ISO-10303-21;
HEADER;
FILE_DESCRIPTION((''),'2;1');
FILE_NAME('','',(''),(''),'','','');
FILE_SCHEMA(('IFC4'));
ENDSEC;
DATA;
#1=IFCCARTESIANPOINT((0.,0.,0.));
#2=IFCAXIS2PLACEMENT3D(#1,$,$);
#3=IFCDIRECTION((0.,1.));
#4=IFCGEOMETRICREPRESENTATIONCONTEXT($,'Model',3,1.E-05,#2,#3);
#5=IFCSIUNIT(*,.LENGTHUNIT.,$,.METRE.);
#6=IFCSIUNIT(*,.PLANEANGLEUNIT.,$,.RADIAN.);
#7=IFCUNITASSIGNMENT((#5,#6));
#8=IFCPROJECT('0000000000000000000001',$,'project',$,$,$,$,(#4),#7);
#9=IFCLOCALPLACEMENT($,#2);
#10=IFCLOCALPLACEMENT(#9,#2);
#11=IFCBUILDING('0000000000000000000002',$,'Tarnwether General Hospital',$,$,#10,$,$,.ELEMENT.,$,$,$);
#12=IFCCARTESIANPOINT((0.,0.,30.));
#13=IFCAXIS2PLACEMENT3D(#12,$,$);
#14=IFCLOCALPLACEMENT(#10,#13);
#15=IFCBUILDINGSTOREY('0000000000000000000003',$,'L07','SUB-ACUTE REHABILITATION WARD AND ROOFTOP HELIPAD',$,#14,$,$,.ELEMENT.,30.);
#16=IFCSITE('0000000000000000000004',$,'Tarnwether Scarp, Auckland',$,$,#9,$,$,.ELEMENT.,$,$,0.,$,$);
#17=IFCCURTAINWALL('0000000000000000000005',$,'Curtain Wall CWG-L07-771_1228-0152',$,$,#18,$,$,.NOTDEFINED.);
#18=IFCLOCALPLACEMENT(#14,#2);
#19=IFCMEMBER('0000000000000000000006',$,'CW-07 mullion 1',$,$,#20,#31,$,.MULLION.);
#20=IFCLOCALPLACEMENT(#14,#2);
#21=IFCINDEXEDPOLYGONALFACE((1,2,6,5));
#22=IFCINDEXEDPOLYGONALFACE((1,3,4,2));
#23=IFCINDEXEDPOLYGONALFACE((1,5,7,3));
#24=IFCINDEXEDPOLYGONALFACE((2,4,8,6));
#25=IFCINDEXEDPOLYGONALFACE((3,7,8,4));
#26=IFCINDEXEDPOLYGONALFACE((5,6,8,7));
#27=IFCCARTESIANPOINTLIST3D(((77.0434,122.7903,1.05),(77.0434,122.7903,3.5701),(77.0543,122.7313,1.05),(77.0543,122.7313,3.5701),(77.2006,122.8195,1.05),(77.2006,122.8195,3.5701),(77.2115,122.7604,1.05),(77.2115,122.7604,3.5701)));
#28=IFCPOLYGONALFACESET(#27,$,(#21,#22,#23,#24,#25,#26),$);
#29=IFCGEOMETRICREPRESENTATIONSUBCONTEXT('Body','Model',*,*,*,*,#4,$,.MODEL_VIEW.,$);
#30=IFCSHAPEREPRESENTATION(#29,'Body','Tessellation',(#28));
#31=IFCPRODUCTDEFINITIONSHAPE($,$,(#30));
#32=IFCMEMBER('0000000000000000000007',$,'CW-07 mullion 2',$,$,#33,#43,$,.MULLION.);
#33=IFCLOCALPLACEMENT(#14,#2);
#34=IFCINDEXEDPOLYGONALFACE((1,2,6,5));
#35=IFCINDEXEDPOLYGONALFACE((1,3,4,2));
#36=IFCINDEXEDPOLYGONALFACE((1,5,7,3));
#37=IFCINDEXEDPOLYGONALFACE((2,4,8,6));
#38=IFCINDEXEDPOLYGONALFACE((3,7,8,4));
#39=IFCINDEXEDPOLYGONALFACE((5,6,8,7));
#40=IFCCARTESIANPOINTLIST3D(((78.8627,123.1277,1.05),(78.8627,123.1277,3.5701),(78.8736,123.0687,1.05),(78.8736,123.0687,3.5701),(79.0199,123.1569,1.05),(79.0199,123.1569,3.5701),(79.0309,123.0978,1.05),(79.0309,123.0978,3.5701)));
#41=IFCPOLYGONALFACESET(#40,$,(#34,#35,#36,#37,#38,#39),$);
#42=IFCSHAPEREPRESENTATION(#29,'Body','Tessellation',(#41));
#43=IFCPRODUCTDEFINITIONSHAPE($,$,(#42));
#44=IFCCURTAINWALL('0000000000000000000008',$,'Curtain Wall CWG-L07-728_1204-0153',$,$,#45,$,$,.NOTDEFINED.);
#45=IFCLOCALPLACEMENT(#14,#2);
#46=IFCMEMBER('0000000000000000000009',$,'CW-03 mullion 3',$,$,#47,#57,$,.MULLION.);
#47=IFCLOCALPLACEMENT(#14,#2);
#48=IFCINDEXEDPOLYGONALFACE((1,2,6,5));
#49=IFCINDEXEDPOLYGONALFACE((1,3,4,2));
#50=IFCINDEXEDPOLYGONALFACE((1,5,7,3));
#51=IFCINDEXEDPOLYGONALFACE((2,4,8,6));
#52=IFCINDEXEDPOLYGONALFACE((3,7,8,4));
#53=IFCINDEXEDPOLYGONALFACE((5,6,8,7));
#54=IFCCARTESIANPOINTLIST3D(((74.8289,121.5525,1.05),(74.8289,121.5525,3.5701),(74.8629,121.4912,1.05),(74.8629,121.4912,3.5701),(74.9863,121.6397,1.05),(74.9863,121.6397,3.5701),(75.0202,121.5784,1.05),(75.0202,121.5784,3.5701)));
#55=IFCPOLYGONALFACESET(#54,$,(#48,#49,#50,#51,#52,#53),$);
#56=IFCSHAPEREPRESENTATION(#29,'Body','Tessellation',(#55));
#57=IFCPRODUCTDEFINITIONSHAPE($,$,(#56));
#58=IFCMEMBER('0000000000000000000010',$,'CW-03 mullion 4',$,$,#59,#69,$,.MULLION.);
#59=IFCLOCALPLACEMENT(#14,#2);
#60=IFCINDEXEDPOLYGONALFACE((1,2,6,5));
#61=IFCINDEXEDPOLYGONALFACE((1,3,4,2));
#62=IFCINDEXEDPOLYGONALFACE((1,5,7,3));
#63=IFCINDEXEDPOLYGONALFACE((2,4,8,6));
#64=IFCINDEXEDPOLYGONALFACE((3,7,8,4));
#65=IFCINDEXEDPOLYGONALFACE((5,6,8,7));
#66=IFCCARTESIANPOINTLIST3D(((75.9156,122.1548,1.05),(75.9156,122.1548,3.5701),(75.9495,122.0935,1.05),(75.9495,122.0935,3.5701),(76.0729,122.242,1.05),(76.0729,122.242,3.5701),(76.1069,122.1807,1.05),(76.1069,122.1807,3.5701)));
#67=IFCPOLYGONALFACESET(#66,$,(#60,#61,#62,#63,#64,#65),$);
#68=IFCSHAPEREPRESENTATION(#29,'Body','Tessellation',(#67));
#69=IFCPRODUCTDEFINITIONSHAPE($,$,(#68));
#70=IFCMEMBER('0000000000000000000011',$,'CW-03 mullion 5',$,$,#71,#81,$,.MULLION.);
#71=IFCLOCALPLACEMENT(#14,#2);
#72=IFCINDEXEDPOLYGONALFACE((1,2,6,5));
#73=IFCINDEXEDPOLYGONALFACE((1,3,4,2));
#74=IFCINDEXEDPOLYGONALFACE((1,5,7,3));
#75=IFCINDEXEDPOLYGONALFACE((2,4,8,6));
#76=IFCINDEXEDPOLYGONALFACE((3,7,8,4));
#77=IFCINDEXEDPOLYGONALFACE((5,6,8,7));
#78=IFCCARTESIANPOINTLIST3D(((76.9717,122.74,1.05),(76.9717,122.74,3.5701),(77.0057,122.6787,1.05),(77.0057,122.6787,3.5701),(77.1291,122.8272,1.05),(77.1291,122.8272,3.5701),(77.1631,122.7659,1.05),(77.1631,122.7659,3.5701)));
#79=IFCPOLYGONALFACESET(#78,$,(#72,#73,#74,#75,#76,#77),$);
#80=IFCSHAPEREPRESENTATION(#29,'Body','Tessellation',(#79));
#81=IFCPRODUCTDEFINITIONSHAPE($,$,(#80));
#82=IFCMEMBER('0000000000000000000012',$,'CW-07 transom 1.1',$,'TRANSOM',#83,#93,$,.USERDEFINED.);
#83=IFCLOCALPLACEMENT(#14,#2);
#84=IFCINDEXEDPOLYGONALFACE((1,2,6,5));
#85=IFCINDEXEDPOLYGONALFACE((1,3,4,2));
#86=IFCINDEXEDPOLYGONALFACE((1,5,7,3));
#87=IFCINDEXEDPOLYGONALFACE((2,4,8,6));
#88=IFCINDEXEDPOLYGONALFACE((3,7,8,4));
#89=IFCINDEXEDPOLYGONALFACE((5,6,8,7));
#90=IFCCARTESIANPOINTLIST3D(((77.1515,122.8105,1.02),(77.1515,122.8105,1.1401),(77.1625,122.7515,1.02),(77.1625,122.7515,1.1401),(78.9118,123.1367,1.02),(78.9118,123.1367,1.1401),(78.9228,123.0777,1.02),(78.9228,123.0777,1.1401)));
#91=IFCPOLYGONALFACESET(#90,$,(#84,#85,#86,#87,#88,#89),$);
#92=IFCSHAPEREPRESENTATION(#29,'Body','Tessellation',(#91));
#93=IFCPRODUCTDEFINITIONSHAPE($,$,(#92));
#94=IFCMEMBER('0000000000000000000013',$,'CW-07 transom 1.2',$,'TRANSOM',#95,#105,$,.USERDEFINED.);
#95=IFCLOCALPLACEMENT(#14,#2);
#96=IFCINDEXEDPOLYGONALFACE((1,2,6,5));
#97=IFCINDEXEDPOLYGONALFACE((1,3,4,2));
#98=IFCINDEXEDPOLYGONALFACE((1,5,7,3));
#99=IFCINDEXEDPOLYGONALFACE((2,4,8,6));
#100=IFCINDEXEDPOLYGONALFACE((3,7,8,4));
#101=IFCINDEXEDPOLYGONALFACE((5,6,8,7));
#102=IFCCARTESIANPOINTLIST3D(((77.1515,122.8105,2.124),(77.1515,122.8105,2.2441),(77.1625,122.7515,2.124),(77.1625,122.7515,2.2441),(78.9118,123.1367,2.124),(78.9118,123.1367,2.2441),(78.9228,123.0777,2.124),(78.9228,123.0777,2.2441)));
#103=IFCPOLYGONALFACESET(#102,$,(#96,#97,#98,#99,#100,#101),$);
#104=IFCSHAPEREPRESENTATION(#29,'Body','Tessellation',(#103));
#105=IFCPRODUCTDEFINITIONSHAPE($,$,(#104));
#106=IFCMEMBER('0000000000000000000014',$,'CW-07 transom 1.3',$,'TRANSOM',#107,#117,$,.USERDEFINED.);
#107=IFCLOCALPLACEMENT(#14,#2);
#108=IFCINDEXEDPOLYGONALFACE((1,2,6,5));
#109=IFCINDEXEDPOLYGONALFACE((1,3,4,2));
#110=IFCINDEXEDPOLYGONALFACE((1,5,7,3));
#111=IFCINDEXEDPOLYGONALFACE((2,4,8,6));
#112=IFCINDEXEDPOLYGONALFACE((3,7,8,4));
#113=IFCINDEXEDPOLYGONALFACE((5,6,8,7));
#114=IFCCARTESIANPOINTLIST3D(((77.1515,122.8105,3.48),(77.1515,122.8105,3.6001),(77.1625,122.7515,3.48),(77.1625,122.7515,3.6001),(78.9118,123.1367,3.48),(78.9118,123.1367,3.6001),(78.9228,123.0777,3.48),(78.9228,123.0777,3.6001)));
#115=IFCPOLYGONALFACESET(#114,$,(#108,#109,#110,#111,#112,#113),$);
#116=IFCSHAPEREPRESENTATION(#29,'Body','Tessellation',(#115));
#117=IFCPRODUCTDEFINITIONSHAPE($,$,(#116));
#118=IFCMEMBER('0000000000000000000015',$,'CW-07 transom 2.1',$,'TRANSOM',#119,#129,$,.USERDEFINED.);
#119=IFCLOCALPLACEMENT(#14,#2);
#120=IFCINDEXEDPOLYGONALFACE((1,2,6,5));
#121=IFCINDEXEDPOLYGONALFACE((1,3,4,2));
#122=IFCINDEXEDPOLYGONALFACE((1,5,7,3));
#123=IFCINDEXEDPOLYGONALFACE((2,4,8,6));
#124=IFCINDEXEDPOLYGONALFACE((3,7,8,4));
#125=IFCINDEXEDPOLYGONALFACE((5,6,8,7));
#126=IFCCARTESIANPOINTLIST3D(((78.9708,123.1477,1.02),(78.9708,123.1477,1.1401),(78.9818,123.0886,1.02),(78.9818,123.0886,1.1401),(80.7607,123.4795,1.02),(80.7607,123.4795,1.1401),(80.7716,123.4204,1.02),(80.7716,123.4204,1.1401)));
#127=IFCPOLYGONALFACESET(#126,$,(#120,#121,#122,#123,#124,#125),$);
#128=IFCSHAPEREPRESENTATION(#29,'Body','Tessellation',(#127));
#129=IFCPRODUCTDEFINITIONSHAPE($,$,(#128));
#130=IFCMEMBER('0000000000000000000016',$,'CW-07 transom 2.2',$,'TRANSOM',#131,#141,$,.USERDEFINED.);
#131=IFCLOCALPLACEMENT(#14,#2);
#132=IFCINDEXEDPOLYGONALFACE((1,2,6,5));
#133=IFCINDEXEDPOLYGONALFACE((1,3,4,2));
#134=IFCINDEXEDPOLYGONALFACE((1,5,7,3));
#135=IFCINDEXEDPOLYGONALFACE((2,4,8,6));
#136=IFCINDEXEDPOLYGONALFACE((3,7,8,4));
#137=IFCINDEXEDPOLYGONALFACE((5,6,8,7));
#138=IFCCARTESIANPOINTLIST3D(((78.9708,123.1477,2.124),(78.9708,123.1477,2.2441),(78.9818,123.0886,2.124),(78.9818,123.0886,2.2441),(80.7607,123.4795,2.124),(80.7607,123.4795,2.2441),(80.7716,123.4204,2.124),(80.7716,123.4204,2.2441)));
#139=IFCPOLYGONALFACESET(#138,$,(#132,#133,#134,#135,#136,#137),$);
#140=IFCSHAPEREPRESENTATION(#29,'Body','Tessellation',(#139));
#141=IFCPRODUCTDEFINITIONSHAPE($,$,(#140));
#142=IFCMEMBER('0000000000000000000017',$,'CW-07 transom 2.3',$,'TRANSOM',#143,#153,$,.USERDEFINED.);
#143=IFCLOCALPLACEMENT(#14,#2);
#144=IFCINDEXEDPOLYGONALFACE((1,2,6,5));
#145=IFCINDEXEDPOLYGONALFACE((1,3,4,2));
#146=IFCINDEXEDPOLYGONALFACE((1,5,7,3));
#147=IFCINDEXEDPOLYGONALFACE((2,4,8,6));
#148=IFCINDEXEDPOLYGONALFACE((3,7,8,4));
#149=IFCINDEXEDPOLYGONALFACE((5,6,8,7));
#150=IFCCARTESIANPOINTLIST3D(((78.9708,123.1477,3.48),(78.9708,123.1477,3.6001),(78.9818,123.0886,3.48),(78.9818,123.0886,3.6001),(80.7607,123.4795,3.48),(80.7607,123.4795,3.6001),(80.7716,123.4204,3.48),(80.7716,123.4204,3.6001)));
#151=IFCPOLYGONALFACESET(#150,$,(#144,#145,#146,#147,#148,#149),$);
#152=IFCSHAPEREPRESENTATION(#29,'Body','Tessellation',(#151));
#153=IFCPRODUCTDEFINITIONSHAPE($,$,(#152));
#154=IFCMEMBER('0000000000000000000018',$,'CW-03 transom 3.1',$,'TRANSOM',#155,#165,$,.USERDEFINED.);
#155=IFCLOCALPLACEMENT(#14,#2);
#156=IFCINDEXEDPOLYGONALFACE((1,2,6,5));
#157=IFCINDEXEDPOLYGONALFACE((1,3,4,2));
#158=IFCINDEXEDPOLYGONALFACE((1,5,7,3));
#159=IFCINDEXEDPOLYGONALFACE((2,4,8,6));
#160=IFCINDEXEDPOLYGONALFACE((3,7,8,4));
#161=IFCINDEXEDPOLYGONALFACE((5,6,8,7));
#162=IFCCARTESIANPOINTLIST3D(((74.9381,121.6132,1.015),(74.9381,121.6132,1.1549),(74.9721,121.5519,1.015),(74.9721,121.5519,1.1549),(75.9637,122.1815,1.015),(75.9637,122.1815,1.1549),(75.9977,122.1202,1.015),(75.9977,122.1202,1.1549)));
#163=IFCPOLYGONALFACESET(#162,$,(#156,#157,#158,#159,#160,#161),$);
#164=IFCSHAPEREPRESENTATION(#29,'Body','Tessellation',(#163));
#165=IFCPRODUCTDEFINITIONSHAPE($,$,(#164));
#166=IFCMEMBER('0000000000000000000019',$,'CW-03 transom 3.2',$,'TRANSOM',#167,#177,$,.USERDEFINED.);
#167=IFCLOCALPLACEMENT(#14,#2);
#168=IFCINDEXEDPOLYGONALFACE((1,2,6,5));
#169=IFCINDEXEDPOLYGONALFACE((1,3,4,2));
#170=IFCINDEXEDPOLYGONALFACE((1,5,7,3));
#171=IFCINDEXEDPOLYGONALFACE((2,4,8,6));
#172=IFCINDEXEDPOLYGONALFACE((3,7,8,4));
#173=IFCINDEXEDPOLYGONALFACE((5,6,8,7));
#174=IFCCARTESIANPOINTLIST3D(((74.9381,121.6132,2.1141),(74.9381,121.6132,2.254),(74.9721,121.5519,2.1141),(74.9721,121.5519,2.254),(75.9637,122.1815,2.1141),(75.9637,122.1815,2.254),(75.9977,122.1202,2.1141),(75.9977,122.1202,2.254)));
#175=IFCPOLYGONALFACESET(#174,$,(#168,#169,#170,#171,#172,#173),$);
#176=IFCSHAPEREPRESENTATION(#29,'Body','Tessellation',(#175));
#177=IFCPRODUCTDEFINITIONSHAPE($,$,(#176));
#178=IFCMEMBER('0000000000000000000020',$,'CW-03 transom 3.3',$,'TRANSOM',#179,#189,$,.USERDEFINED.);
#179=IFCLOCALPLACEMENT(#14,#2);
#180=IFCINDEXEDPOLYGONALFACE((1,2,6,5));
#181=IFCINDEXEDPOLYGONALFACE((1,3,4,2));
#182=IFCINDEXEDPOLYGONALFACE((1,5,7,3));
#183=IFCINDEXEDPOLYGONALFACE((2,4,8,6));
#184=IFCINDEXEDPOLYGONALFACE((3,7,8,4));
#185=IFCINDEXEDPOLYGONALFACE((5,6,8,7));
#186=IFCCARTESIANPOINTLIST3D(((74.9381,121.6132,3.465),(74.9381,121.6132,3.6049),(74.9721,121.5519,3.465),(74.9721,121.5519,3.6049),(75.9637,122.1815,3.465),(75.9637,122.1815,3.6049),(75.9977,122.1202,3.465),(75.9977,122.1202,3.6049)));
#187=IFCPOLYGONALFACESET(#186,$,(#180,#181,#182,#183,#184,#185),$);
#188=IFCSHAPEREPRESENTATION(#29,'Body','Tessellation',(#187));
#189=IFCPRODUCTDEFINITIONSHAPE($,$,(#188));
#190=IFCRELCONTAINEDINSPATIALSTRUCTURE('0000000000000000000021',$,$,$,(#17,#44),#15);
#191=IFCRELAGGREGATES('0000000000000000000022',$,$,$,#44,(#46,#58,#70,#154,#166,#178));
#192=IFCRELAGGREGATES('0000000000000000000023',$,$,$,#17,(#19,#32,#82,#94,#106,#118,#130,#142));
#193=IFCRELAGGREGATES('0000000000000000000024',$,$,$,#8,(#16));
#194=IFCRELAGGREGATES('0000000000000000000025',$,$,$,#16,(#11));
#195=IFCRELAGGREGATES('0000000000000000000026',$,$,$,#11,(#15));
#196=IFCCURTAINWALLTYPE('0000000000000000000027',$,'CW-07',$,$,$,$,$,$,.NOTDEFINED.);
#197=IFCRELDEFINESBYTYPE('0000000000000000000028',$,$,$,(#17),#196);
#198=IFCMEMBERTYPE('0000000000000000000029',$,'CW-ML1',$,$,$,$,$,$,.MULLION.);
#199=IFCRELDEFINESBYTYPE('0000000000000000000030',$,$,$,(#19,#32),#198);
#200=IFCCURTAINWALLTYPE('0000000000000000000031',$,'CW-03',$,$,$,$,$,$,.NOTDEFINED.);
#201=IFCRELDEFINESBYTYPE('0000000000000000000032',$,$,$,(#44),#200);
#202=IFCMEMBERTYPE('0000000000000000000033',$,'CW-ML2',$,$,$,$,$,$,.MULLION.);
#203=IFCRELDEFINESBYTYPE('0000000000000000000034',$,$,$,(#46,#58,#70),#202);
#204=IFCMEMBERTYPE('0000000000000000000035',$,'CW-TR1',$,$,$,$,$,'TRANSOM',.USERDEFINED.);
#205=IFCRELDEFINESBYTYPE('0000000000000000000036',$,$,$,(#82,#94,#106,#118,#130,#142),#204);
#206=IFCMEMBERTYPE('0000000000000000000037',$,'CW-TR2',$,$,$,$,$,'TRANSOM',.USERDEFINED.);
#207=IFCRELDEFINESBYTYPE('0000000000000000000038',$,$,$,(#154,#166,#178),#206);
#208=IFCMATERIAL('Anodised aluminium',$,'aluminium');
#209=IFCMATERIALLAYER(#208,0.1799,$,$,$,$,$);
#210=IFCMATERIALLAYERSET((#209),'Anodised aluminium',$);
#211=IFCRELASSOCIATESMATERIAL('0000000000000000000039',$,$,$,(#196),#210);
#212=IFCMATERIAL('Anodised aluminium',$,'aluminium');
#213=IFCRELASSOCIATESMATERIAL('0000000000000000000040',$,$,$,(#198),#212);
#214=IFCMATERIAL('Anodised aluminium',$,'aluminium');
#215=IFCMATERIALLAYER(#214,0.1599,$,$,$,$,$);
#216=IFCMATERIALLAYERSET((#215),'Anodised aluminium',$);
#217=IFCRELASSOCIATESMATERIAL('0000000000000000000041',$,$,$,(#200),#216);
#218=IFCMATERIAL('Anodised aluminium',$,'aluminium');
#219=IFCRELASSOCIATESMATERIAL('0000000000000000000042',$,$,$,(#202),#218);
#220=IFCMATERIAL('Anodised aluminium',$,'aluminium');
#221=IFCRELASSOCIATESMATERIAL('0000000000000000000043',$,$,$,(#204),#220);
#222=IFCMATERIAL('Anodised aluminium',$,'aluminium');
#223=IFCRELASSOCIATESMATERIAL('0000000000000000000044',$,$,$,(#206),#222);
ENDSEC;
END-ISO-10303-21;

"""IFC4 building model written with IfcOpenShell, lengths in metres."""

from ifc_helpers import new_model, si_unit, direction, frame, origin, origin_2d, place, context, subcontext, project, spatial, rectangle, extrude, material, layer, layer_set, material_profile, profile_set, type_object, element, aggregate, save


model = new_model("IFC4")

# Units and contexts
model_context = context("Model", 3, precision=1e-05, world=origin(), true_north=direction((0.0, 1.0)))
body_context = subcontext(model_context, "Body", "Model", "MODEL_VIEW")
ifc_project = project(units=[si_unit("LENGTHUNIT", "METRE"), si_unit("PLANEANGLEUNIT", "RADIAN")], contexts=[model_context])

# Site, building, storey
site_placement = place(None, origin())
site = spatial("IfcSite", under=ifc_project, at=site_placement, Name="Tarnwether Scarp, Auckland", CompositionType="ELEMENT", RefElevation=0.0)
building_placement = place(site_placement, origin())
building = spatial("IfcBuilding", under=site, at=building_placement, Name="Tarnwether General Hospital", CompositionType="ELEMENT")
storey_placement = place(building_placement, frame((0.0, 0.0, 30.0)))
storey = spatial("IfcBuildingStorey", under=building, at=storey_placement, Name="L07", Description="SUB-ACUTE REHABILITATION WARD AND ROOFTOP HELIPAD", CompositionType="ELEMENT", Elevation=30.0)

# Curtain walls, members
ifc_material_1 = material(Name="Anodised aluminium", Category="aluminium")
ifc_layer_1 = layer(ifc_material_1, 0.1799)
ifc_layer_set_1 = layer_set([ifc_layer_1], Name="Anodised aluminium")
curtain_wall_type_1 = type_object("IfcCurtainWallType", Name="CW-07", PredefinedType="NOTDEFINED", material=ifc_layer_set_1)
curtain_wall_1_placement = place(storey_placement, origin())
curtain_wall_1 = element("IfcCurtainWall", 1, at=curtain_wall_1_placement, inside=storey, type_object=curtain_wall_type_1, Name="Curtain Wall CWG-L07-771_1228-0152", PredefinedType="NOTDEFINED")
ifc_material_2 = material(Name="Anodised aluminium", Category="aluminium")
ifc_material_profile_1 = material_profile(ifc_material_2, rectangle(XDim=0.0601, YDim=0.1599, at=origin_2d()), Name="ALU-MUL-60x160")
ifc_profile_set_1 = profile_set([ifc_material_profile_1], Name="Anodised aluminium")
member_type_1 = type_object("IfcMemberType", Name="CW-ML1", PredefinedType="MULLION", material=ifc_profile_set_1)
member_1_placement = place(storey_placement, frame((77.1274, 122.7754, 1.05), z_axis=(0.0, 0.0, 1.0), x_axis=(-0.182289, 0.983245, 0.0)))
member_1 = element("IfcMember", 2, at=member_1_placement, type_object=member_type_1, Name="CW-07 mullion 1", PredefinedType="MULLION", context=body_context, shape_type="SweptSolid", body=[
    extrude(rectangle(XDim=0.0601, YDim=0.1599, at=origin_2d()), origin(), (0.0, 0.0, 1.0), 2.52),
])
member_2_placement = place(storey_placement, frame((78.9468, 123.1128, 1.05), z_axis=(0.0, 0.0, 1.0), x_axis=(-0.182289, 0.983245, 0.0)))
member_2 = element("IfcMember", 3, at=member_2_placement, type_object=member_type_1, Name="CW-07 mullion 2", PredefinedType="MULLION", context=body_context, shape_type="SweptSolid", body=[
    extrude(rectangle(XDim=0.0601, YDim=0.1599, at=origin_2d()), origin(), (0.0, 0.0, 1.0), 2.52),
])
ifc_material_3 = material(Name="Anodised aluminium", Category="aluminium")
ifc_layer_2 = layer(ifc_material_3, 0.1599)
ifc_layer_set_2 = layer_set([ifc_layer_2], Name="Anodised aluminium")
curtain_wall_type_2 = type_object("IfcCurtainWallType", Name="CW-03", PredefinedType="NOTDEFINED", material=ifc_layer_set_2)
curtain_wall_2_placement = place(storey_placement, origin())
curtain_wall_2 = element("IfcCurtainWall", 4, at=curtain_wall_2_placement, inside=storey, type_object=curtain_wall_type_2, Name="Curtain Wall CWG-L07-728_1204-0153", PredefinedType="NOTDEFINED")
ifc_material_4 = material(Name="Anodised aluminium", Category="aluminium")
ifc_material_profile_2 = material_profile(ifc_material_4, rectangle(XDim=0.0701, YDim=0.1799, at=origin_2d()), Name="ALU-MUL-70x180")
ifc_profile_set_2 = profile_set([ifc_material_profile_2], Name="Anodised aluminium")
member_type_2 = type_object("IfcMemberType", Name="CW-ML2", PredefinedType="MULLION", material=ifc_profile_set_2)
member_3_placement = place(storey_placement, frame((74.9246, 121.5654, 1.05), z_axis=(0.0, 0.0, 1.0), x_axis=(-0.48472, 0.874669, 0.0)))
member_3 = element("IfcMember", 5, at=member_3_placement, type_object=member_type_2, Name="CW-03 mullion 3", PredefinedType="MULLION", context=body_context, shape_type="SweptSolid", body=[
    extrude(rectangle(XDim=0.0701, YDim=0.1799, at=origin_2d()), origin(), (0.0, 0.0, 1.0), 2.52),
])
member_4_placement = place(storey_placement, frame((76.0112, 122.1677, 1.05), z_axis=(0.0, 0.0, 1.0), x_axis=(-0.48472, 0.874669, 0.0)))
member_4 = element("IfcMember", 6, at=member_4_placement, type_object=member_type_2, Name="CW-03 mullion 4", PredefinedType="MULLION", context=body_context, shape_type="SweptSolid", body=[
    extrude(rectangle(XDim=0.0701, YDim=0.1799, at=origin_2d()), origin(), (0.0, 0.0, 1.0), 2.52),
])
member_5_placement = place(storey_placement, frame((77.0674, 122.7529, 1.05), z_axis=(0.0, 0.0, 1.0), x_axis=(-0.48472, 0.874669, 0.0)))
member_5 = element("IfcMember", 7, at=member_5_placement, type_object=member_type_2, Name="CW-03 mullion 5", PredefinedType="MULLION", context=body_context, shape_type="SweptSolid", body=[
    extrude(rectangle(XDim=0.0701, YDim=0.1799, at=origin_2d()), origin(), (0.0, 0.0, 1.0), 2.52),
])

# Members
ifc_material_5 = material(Name="Anodised aluminium", Category="aluminium")
ifc_material_profile_3 = material_profile(ifc_material_5, rectangle(XDim=0.0601, YDim=0.1201, at=origin_2d()), Name="ALU-TRN-60x120")
ifc_profile_set_3 = profile_set([ifc_material_profile_3], Name="Anodised aluminium")
member_type_3 = type_object("IfcMemberType", Name="CW-TR1", ElementType="TRANSOM", PredefinedType="USERDEFINED", material=ifc_profile_set_3)
member_6_placement = place(storey_placement, frame((77.157, 122.781, 1.0801), z_axis=(0.983262, 0.182197, 0.0), x_axis=(-0.182197, 0.983262, 0.0)))
member_6 = element("IfcMember", 8, at=member_6_placement, type_object=member_type_3, Name="CW-07 transom 1.1", ObjectType="TRANSOM", PredefinedType="USERDEFINED", context=body_context, shape_type="SweptSolid", body=[
    extrude(rectangle(XDim=0.0601, YDim=0.1201, at=origin_2d()), origin(), (0.0, 0.0, 1.0), 1.7903),
])
member_7_placement = place(storey_placement, frame((77.157, 122.781, 2.1841), z_axis=(0.983262, 0.182197, 0.0), x_axis=(-0.182197, 0.983262, 0.0)))
member_7 = element("IfcMember", 9, at=member_7_placement, type_object=member_type_3, Name="CW-07 transom 1.2", ObjectType="TRANSOM", PredefinedType="USERDEFINED", context=body_context, shape_type="SweptSolid", body=[
    extrude(rectangle(XDim=0.0601, YDim=0.1201, at=origin_2d()), origin(), (0.0, 0.0, 1.0), 1.7903),
])
member_8_placement = place(storey_placement, frame((77.157, 122.781, 3.54), z_axis=(0.983262, 0.182197, 0.0), x_axis=(-0.182197, 0.983262, 0.0)))
member_8 = element("IfcMember", 10, at=member_8_placement, type_object=member_type_3, Name="CW-07 transom 1.3", ObjectType="TRANSOM", PredefinedType="USERDEFINED", context=body_context, shape_type="SweptSolid", body=[
    extrude(rectangle(XDim=0.0601, YDim=0.1201, at=origin_2d()), origin(), (0.0, 0.0, 1.0), 1.7903),
])
member_9_placement = place(storey_placement, frame((78.9763, 123.1182, 1.0801), z_axis=(0.983248, 0.182272, 0.0), x_axis=(-0.182272, 0.983248, 0.0)))
member_9 = element("IfcMember", 11, at=member_9_placement, type_object=member_type_3, Name="CW-07 transom 2.1", ObjectType="TRANSOM", PredefinedType="USERDEFINED", context=body_context, shape_type="SweptSolid", body=[
    extrude(rectangle(XDim=0.0601, YDim=0.1201, at=origin_2d()), origin(), (0.0, 0.0, 1.0), 1.8203),
])
member_10_placement = place(storey_placement, frame((78.9763, 123.1182, 2.1841), z_axis=(0.983248, 0.182272, 0.0), x_axis=(-0.182272, 0.983248, 0.0)))
member_10 = element("IfcMember", 12, at=member_10_placement, type_object=member_type_3, Name="CW-07 transom 2.2", ObjectType="TRANSOM", PredefinedType="USERDEFINED", context=body_context, shape_type="SweptSolid", body=[
    extrude(rectangle(XDim=0.0601, YDim=0.1201, at=origin_2d()), origin(), (0.0, 0.0, 1.0), 1.8203),
])
member_11_placement = place(storey_placement, frame((78.9763, 123.1182, 3.54), z_axis=(0.983248, 0.182272, 0.0), x_axis=(-0.182272, 0.983248, 0.0)))
member_11 = element("IfcMember", 13, at=member_11_placement, type_object=member_type_3, Name="CW-07 transom 2.3", ObjectType="TRANSOM", PredefinedType="USERDEFINED", context=body_context, shape_type="SweptSolid", body=[
    extrude(rectangle(XDim=0.0601, YDim=0.1201, at=origin_2d()), origin(), (0.0, 0.0, 1.0), 1.8203),
])
ifc_material_6 = material(Name="Anodised aluminium", Category="aluminium")
ifc_material_profile_4 = material_profile(ifc_material_6, rectangle(XDim=0.0701, YDim=0.1399, at=origin_2d()), Name="ALU-TRN-70x140")
ifc_profile_set_4 = profile_set([ifc_material_profile_4], Name="Anodised aluminium")
member_type_4 = type_object("IfcMemberType", Name="CW-TR2", ElementType="TRANSOM", PredefinedType="USERDEFINED", material=ifc_profile_set_4)
member_12_placement = place(storey_placement, frame((74.9551, 121.5825, 1.085), z_axis=(0.874677, 0.484706, 0.0), x_axis=(-0.484706, 0.874677, 0.0)))
member_12 = element("IfcMember", 14, at=member_12_placement, type_object=member_type_4, Name="CW-03 transom 3.1", ObjectType="TRANSOM", PredefinedType="USERDEFINED", context=body_context, shape_type="SweptSolid", body=[
    extrude(rectangle(XDim=0.0701, YDim=0.1399, at=origin_2d()), origin(), (0.0, 0.0, 1.0), 1.1726),
])
member_13_placement = place(storey_placement, frame((74.9551, 121.5825, 2.1841), z_axis=(0.874677, 0.484706, 0.0), x_axis=(-0.484706, 0.874677, 0.0)))
member_13 = element("IfcMember", 15, at=member_13_placement, type_object=member_type_4, Name="CW-03 transom 3.2", ObjectType="TRANSOM", PredefinedType="USERDEFINED", context=body_context, shape_type="SweptSolid", body=[
    extrude(rectangle(XDim=0.0701, YDim=0.1399, at=origin_2d()), origin(), (0.0, 0.0, 1.0), 1.1726),
])
member_14_placement = place(storey_placement, frame((74.9551, 121.5825, 3.5349), z_axis=(0.874677, 0.484706, 0.0), x_axis=(-0.484706, 0.874677, 0.0)))
member_14 = element("IfcMember", 16, at=member_14_placement, type_object=member_type_4, Name="CW-03 transom 3.3", ObjectType="TRANSOM", PredefinedType="USERDEFINED", context=body_context, shape_type="SweptSolid", body=[
    extrude(rectangle(XDim=0.0701, YDim=0.1399, at=origin_2d()), origin(), (0.0, 0.0, 1.0), 1.1726),
])

aggregate(curtain_wall_2, [member_3, member_4, member_5, member_12, member_13, member_14])
aggregate(curtain_wall_1, [member_1, member_2, member_6, member_7, member_8, member_9, member_10, member_11])

save(model, "model.ifc")
